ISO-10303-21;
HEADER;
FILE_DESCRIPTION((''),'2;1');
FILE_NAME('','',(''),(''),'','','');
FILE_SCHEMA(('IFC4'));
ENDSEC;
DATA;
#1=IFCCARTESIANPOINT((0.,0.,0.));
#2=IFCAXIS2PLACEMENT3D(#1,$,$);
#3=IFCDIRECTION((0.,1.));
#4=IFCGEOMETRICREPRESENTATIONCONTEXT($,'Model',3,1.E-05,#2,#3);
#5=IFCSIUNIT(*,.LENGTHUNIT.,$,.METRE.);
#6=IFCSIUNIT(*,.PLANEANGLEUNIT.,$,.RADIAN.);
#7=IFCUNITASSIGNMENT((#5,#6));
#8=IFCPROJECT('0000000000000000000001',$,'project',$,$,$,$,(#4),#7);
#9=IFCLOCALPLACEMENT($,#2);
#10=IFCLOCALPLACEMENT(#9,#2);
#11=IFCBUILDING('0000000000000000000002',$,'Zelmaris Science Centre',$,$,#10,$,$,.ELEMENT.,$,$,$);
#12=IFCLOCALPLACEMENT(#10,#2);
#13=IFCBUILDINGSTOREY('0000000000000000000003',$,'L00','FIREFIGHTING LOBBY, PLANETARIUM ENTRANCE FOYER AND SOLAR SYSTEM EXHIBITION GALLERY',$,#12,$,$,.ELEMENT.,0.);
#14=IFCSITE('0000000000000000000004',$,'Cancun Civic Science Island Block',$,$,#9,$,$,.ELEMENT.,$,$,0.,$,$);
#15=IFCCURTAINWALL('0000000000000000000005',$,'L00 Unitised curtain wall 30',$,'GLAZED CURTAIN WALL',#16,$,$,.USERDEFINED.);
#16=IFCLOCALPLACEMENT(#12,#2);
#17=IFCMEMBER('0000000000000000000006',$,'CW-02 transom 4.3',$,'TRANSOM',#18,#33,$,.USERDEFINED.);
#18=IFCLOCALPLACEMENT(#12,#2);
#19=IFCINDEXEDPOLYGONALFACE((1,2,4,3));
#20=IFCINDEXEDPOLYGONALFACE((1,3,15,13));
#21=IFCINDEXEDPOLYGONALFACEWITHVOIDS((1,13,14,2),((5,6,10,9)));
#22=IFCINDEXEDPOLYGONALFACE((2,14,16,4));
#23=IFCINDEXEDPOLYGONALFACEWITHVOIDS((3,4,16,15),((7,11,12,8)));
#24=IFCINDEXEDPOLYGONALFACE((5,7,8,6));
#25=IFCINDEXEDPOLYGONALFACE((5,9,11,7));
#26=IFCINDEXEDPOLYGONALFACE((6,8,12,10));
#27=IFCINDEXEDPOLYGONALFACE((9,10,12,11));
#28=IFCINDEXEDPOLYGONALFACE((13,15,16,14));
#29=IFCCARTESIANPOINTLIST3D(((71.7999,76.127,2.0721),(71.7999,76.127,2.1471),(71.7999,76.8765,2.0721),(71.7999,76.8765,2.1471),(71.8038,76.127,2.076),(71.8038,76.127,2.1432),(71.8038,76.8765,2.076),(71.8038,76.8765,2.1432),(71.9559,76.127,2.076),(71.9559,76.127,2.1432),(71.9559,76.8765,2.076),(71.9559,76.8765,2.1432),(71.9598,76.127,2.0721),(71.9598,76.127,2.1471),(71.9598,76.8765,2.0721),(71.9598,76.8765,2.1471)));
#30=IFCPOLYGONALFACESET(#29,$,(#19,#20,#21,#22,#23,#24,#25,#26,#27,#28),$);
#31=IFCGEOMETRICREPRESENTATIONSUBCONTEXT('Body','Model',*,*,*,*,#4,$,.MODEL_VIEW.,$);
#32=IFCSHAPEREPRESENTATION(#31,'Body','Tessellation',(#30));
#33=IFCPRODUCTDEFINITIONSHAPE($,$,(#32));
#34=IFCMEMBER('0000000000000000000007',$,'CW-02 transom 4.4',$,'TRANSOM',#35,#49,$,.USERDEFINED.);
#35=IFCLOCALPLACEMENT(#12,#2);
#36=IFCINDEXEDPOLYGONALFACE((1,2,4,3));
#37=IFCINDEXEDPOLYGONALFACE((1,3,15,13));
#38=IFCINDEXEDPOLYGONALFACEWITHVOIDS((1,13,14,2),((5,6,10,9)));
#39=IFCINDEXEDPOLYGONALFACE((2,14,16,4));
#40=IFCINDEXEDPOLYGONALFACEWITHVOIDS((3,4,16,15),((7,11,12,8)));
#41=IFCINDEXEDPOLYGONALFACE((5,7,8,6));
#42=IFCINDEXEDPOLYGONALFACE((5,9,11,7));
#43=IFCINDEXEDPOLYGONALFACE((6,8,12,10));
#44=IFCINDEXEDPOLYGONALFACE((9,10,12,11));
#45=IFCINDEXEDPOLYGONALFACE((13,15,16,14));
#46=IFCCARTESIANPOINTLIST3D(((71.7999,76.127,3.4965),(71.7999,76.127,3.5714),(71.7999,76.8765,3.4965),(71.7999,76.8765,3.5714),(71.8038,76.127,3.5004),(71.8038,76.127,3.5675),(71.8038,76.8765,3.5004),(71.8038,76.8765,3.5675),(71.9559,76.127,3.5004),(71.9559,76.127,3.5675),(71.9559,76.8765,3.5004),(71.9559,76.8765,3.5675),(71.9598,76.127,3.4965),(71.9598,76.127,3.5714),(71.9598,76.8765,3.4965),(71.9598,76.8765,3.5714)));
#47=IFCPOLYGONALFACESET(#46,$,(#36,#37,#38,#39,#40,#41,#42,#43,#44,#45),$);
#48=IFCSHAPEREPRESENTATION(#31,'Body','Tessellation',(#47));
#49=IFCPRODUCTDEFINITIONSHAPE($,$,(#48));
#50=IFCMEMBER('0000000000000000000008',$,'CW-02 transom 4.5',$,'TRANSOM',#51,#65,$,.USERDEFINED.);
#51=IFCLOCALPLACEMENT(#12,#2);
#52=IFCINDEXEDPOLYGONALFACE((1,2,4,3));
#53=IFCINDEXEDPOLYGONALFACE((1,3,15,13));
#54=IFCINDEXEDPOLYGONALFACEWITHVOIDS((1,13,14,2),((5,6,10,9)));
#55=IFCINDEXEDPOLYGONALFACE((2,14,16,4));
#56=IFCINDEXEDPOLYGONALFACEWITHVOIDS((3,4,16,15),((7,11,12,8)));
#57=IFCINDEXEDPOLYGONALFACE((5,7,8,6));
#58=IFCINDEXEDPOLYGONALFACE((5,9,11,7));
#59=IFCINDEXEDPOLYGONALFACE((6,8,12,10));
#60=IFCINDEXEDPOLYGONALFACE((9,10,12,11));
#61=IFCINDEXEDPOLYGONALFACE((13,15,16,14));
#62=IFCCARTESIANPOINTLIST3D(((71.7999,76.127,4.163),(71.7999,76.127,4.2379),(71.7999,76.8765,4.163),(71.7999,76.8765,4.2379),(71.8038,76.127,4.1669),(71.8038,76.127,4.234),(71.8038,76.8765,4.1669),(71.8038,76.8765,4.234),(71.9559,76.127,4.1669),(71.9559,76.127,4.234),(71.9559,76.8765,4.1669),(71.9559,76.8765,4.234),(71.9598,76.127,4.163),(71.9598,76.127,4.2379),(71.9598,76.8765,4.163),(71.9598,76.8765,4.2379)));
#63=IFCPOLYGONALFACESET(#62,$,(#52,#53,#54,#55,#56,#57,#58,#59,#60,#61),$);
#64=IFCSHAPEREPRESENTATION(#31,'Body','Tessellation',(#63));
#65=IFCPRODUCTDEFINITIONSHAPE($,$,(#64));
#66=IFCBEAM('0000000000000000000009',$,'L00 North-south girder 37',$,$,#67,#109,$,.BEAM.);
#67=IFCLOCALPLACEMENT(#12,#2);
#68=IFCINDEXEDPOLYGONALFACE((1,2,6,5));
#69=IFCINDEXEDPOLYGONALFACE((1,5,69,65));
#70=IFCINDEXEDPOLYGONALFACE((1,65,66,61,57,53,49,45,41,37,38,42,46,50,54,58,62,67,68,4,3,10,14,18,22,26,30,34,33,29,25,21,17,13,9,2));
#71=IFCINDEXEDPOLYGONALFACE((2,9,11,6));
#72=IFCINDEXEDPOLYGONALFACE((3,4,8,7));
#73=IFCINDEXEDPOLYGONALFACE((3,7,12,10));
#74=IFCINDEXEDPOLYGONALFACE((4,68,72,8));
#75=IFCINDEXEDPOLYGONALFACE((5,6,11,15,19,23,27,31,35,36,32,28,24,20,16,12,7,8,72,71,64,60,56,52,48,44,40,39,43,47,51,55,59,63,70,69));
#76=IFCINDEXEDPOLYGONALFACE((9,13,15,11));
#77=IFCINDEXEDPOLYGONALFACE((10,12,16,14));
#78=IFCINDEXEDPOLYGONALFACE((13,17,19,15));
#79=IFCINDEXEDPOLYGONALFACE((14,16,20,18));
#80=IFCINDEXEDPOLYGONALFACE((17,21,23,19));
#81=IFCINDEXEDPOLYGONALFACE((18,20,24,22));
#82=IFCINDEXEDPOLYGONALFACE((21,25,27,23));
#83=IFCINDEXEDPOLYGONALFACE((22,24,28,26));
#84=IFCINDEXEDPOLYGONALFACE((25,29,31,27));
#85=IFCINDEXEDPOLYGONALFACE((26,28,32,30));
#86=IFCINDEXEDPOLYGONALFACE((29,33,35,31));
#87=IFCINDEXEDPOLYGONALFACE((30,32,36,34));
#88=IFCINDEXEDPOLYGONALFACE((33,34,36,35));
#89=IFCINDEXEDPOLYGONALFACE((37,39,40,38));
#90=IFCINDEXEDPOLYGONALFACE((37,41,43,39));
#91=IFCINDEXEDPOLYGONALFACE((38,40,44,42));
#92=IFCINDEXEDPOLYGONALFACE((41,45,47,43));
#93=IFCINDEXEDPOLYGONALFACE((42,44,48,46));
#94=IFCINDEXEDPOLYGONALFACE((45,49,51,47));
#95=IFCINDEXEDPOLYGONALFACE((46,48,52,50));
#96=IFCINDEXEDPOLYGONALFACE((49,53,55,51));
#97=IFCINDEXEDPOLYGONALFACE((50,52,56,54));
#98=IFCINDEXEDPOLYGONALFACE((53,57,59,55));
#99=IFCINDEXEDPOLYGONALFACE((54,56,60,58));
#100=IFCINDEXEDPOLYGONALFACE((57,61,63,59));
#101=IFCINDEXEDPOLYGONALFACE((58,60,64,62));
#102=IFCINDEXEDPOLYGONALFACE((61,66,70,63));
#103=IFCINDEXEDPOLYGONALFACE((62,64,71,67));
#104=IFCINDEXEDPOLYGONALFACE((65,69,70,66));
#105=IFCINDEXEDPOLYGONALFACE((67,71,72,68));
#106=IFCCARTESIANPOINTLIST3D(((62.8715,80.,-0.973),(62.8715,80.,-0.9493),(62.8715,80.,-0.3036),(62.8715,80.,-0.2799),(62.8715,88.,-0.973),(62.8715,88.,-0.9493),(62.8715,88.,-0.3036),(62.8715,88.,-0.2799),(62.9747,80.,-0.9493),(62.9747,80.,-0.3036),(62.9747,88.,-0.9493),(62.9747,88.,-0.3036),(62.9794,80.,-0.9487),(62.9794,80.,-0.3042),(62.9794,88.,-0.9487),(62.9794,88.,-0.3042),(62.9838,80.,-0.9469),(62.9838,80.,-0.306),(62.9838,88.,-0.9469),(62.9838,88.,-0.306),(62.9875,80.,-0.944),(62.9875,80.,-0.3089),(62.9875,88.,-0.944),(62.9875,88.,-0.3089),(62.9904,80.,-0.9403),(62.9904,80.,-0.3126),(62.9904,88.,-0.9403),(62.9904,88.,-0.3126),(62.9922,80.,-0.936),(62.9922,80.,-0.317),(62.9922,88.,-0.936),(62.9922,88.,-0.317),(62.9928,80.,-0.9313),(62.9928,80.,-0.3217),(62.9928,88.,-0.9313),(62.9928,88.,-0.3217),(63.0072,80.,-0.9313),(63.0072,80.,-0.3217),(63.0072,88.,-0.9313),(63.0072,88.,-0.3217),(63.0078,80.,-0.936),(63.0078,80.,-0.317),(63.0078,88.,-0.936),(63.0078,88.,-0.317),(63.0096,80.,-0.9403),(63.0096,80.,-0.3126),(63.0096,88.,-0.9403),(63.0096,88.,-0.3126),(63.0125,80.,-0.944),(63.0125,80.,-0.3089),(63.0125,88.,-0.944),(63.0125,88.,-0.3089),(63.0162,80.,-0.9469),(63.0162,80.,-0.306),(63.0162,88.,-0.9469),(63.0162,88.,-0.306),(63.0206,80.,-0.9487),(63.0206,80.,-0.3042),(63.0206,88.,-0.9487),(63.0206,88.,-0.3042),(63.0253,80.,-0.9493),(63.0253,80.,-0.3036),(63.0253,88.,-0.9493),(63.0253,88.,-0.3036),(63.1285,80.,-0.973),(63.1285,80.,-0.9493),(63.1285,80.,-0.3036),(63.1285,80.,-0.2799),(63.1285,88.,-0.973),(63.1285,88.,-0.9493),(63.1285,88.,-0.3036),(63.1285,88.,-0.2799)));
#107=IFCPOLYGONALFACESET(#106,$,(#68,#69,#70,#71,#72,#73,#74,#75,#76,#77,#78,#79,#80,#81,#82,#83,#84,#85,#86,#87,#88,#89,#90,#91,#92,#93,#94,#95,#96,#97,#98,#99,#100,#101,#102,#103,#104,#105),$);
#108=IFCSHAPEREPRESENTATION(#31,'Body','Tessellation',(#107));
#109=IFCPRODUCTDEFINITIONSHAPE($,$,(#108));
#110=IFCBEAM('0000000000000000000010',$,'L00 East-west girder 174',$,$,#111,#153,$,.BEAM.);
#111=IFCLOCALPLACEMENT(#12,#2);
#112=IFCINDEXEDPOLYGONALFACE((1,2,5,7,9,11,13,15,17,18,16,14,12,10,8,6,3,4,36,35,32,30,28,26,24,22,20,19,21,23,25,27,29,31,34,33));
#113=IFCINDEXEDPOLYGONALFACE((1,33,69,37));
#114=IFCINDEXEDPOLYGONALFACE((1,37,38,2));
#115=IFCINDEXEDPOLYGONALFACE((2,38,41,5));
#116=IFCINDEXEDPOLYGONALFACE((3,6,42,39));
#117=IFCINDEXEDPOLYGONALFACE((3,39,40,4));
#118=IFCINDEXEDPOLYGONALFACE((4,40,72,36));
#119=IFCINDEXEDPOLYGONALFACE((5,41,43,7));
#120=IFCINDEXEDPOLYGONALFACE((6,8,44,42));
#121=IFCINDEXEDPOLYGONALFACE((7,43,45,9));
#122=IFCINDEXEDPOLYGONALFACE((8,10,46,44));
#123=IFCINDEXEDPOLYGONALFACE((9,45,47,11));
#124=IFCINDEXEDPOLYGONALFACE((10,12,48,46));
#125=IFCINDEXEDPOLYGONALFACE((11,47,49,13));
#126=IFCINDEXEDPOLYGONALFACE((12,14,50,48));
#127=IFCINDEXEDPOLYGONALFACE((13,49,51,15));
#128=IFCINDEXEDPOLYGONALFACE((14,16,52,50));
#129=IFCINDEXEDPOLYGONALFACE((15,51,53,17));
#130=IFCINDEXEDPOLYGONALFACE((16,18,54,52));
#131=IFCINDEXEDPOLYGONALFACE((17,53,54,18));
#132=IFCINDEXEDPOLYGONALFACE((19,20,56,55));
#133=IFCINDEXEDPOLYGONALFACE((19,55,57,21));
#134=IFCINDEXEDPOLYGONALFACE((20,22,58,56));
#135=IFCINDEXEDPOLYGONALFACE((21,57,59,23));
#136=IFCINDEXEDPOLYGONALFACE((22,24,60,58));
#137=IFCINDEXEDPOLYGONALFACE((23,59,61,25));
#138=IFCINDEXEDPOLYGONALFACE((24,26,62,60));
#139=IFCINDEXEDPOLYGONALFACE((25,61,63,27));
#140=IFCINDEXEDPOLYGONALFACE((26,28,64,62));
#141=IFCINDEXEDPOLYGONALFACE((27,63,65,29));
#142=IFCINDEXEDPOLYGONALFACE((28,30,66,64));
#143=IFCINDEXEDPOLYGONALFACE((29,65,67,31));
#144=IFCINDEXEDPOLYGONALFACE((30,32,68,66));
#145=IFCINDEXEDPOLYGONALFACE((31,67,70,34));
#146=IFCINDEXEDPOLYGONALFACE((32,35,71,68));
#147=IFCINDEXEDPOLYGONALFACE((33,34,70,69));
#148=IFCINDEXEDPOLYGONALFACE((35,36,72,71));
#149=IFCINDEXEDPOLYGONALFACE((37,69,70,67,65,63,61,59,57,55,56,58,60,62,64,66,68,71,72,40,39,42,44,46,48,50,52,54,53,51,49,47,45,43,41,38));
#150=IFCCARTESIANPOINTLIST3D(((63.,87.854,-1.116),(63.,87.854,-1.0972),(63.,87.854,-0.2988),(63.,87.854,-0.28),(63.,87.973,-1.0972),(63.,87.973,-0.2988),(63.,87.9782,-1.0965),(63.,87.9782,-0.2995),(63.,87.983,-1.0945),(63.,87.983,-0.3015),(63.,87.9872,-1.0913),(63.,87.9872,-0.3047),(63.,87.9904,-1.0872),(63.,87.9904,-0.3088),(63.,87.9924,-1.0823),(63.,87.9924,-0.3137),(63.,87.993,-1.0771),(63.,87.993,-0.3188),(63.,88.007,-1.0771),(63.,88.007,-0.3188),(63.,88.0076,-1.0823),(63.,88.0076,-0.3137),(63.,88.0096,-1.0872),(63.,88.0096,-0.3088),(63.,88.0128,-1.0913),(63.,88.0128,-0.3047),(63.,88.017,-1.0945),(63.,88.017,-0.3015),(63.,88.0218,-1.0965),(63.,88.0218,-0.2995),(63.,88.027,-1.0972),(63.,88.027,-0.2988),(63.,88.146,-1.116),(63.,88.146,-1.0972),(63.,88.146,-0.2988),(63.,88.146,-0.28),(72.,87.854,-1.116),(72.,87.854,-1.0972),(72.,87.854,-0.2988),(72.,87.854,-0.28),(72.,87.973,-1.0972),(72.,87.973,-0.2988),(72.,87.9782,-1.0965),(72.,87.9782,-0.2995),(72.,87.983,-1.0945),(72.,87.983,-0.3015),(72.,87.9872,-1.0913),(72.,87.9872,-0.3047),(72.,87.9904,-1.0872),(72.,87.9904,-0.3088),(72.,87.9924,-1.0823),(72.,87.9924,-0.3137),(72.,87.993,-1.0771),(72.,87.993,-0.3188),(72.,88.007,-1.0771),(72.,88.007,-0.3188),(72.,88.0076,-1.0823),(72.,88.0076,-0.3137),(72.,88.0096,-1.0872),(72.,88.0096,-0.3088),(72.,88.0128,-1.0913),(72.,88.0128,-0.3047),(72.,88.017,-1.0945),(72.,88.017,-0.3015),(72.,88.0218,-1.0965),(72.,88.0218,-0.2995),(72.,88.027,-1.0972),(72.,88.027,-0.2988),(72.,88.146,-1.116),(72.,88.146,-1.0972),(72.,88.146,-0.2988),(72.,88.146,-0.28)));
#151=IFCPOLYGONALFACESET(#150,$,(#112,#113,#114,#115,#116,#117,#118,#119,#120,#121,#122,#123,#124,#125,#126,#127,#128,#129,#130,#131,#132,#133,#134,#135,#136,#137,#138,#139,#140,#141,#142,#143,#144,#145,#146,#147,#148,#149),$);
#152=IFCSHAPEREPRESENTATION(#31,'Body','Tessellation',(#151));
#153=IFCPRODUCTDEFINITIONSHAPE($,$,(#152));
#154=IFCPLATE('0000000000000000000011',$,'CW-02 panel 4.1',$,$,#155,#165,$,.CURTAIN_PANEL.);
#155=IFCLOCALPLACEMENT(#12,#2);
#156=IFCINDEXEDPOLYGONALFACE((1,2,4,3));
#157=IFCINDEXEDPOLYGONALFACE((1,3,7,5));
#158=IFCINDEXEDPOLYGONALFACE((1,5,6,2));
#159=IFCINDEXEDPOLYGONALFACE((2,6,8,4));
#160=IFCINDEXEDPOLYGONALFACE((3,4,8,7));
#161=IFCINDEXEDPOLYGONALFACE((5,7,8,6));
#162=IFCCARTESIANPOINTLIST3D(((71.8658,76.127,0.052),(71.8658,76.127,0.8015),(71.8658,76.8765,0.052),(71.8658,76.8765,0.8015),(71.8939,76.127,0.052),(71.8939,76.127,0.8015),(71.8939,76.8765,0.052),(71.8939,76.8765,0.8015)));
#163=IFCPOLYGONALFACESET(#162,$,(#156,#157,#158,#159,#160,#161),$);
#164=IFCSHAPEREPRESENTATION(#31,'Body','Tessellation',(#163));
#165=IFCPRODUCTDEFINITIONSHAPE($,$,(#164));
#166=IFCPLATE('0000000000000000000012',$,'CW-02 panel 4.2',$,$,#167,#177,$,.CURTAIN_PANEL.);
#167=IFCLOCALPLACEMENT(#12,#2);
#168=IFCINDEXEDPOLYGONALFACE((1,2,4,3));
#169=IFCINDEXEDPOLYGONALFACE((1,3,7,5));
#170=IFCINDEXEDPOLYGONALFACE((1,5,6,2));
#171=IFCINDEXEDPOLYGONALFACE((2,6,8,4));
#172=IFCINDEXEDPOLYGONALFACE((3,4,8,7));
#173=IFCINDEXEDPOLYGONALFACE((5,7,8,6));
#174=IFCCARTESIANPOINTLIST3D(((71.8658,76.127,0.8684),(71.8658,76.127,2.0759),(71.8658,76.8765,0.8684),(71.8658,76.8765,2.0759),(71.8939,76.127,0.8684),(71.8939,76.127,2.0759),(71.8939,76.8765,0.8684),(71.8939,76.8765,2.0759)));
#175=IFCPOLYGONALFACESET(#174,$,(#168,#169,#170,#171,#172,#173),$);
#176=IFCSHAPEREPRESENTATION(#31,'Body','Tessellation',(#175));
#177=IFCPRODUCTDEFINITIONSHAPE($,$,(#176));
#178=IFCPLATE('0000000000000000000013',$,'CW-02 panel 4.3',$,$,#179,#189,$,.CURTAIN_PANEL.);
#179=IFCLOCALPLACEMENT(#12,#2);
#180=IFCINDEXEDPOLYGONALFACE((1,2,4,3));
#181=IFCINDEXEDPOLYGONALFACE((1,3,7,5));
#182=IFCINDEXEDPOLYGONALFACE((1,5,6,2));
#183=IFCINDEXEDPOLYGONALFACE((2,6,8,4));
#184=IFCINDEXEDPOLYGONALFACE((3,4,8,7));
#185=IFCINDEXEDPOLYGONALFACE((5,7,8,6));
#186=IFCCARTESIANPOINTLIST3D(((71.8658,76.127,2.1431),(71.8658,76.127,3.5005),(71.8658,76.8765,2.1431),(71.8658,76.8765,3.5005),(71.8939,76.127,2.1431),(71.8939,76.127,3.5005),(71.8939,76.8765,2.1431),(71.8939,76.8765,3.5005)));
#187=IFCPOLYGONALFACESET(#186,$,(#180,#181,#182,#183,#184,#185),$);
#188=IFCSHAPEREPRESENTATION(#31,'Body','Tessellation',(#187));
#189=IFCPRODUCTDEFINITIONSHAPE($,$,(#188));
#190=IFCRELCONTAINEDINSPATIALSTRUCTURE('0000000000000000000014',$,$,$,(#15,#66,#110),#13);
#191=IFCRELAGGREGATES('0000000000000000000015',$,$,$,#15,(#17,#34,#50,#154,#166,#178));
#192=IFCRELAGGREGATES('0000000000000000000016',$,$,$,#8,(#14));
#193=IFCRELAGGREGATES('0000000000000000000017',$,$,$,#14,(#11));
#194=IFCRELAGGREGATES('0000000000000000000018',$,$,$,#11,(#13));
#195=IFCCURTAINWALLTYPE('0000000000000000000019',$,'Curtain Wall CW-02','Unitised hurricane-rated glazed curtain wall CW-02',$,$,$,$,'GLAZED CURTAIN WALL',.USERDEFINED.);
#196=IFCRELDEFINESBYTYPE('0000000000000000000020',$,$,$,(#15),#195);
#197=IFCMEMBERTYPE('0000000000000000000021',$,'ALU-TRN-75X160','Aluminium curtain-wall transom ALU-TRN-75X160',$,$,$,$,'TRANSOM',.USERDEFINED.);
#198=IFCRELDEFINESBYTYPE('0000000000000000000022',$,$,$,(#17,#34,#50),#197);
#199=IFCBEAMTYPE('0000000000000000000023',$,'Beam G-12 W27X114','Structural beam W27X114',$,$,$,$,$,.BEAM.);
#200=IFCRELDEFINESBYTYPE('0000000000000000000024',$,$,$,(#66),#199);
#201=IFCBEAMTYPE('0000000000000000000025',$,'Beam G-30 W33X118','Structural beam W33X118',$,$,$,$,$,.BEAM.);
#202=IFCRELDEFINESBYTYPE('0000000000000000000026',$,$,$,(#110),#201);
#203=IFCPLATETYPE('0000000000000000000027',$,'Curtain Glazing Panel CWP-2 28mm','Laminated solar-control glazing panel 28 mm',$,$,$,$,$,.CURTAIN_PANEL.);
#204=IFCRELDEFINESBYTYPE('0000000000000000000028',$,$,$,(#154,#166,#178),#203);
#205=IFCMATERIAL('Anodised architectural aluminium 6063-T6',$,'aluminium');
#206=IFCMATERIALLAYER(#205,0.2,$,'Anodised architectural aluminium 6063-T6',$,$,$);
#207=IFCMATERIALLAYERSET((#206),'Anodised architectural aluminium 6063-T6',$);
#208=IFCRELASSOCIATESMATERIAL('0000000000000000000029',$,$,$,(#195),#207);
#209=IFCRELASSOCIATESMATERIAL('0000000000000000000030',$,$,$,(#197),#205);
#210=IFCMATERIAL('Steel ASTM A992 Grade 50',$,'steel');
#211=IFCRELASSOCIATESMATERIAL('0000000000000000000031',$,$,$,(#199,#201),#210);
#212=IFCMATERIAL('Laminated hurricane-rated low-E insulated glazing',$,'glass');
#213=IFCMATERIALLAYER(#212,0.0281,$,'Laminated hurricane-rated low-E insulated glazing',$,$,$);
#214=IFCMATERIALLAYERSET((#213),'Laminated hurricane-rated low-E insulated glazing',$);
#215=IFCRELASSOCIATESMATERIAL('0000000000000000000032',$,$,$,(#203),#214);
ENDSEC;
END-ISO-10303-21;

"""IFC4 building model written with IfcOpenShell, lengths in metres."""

from ifc_helpers import new_model, si_unit, direction, frame, origin, origin_2d, place, context, subcontext, project, spatial, rectangle, hollow_rectangle, i_section, extrude, material, layer, layer_set, material_profile, profile_set, type_object, element, aggregate, save


model = new_model("IFC4")

# Units and contexts
model_context = context("Model", 3, precision=1e-05, world=origin(), true_north=direction((0.0, 1.0)))
body_context = subcontext(model_context, "Body", "Model", "MODEL_VIEW")
ifc_project = project(units=[si_unit("LENGTHUNIT", "METRE"), si_unit("PLANEANGLEUNIT", "RADIAN")], contexts=[model_context])

# Site, building, storey
site_placement = place(None, origin())
site = spatial("IfcSite", under=ifc_project, at=site_placement, Name="Cancun Civic Science Island Block", CompositionType="ELEMENT", RefElevation=0.0)
building_placement = place(site_placement, origin())
building = spatial("IfcBuilding", under=site, at=building_placement, Name="Zelmaris Science Centre", CompositionType="ELEMENT")
storey_placement = place(building_placement, origin())
storey = spatial("IfcBuildingStorey", under=building, at=storey_placement, Name="L00", Description="FIREFIGHTING LOBBY, PLANETARIUM ENTRANCE FOYER AND SOLAR SYSTEM EXHIBITION GALLERY", CompositionType="ELEMENT", Elevation=0.0)

# Shared definitions
ifc_material_1 = material(Name="Steel ASTM A992 Grade 50", Category="steel")

# Shared definitions
ifc_material_2 = material(Name="Anodised architectural aluminium 6063-T6", Category="aluminium")

# Curtain wall, members
ifc_layer_1 = layer(ifc_material_2, 0.2, Name="Anodised architectural aluminium 6063-T6")
ifc_layer_set_1 = layer_set([ifc_layer_1], Name="Anodised architectural aluminium 6063-T6")
curtain_wall_type_1 = type_object("IfcCurtainWallType", Name="Curtain Wall CW-02", Description="Unitised hurricane-rated glazed curtain wall CW-02", ElementType="GLAZED CURTAIN WALL", PredefinedType="USERDEFINED", material=ifc_layer_set_1)
curtain_wall_1_placement = place(storey_placement, origin())
curtain_wall_1 = element("IfcCurtainWall", 1, at=curtain_wall_1_placement, inside=storey, type_object=curtain_wall_type_1, Name="L00 Unitised curtain wall 30", ObjectType="GLAZED CURTAIN WALL", PredefinedType="USERDEFINED")
ifc_material_profile_1 = material_profile(ifc_material_2, hollow_rectangle(XDim=0.075, YDim=0.1599, WallThickness=0.0039, at=origin_2d()), Name="ALU-TRN-75X160")
ifc_profile_set_1 = profile_set([ifc_material_profile_1], Name="Anodised architectural aluminium 6063-T6")
member_type_1 = type_object("IfcMemberType", Name="ALU-TRN-75X160", Description="Aluminium curtain-wall transom ALU-TRN-75X160", ElementType="TRANSOM", PredefinedType="USERDEFINED", material=ifc_profile_set_1)
member_1_placement = place(storey_placement, frame((71.8799, 76.8765, 2.1096), z_axis=(0.0, -1.0, 0.0), x_axis=(0.0, 0.0, 1.0)))
member_1 = element("IfcMember", 2, at=member_1_placement, type_object=member_type_1, Name="CW-02 transom 4.3", ObjectType="TRANSOM", PredefinedType="USERDEFINED", context=body_context, shape_type="SweptSolid", body=[
    extrude(hollow_rectangle(XDim=0.075, YDim=0.1599, WallThickness=0.0039, at=origin_2d()), origin(), (0.0, 0.0, 1.0), 0.7495),
])
member_2_placement = place(storey_placement, frame((71.8799, 76.8765, 3.5339), z_axis=(0.0, -1.0, 0.0), x_axis=(0.0, 0.0, 1.0)))
member_2 = element("IfcMember", 3, at=member_2_placement, type_object=member_type_1, Name="CW-02 transom 4.4", ObjectType="TRANSOM", PredefinedType="USERDEFINED", context=body_context, shape_type="SweptSolid", body=[
    extrude(hollow_rectangle(XDim=0.075, YDim=0.1599, WallThickness=0.0039, at=origin_2d()), origin(), (0.0, 0.0, 1.0), 0.7495),
])
member_3_placement = place(storey_placement, frame((71.8799, 76.8765, 4.2004), z_axis=(0.0, -1.0, 0.0), x_axis=(0.0, 0.0, 1.0)))
member_3 = element("IfcMember", 4, at=member_3_placement, type_object=member_type_1, Name="CW-02 transom 4.5", ObjectType="TRANSOM", PredefinedType="USERDEFINED", context=body_context, shape_type="SweptSolid", body=[
    extrude(hollow_rectangle(XDim=0.075, YDim=0.1599, WallThickness=0.0039, at=origin_2d()), origin(), (0.0, 0.0, 1.0), 0.7495),
])

# Beams
ifc_material_profile_2 = material_profile(ifc_material_1, i_section(OverallWidth=0.2571, OverallDepth=0.6931, WebThickness=0.0144, FlangeThickness=0.0237, FilletRadius=0.0181, at=origin_2d()), Name="W27X114")
ifc_profile_set_2 = profile_set([ifc_material_profile_2], Name="Steel ASTM A992 Grade 50")
beam_type_1 = type_object("IfcBeamType", Name="Beam G-12 W27X114", Description="Structural beam W27X114", PredefinedType="BEAM", material=ifc_profile_set_2)
beam_1_placement = place(storey_placement, frame((63.0, 80.0, -0.6265), z_axis=(0.0, 1.0, 0.0), x_axis=(-1.0, 0.0, 0.0)))
element("IfcBeam", 5, at=beam_1_placement, inside=storey, type_object=beam_type_1, Name="L00 North-south girder 37", PredefinedType="BEAM", context=body_context, shape_type="SweptSolid", body=[
    extrude(i_section(OverallWidth=0.2571, OverallDepth=0.6931, WebThickness=0.0144, FlangeThickness=0.0237, FilletRadius=0.0181, at=origin_2d()), origin(), (0.0, 0.0, 1.0), 8.0),
])
ifc_material_profile_3 = material_profile(ifc_material_1, i_section(OverallWidth=0.292, OverallDepth=0.8359, WebThickness=0.0139, FlangeThickness=0.0188, FilletRadius=0.02, at=origin_2d()), Name="W33X118")
ifc_profile_set_3 = profile_set([ifc_material_profile_3], Name="Steel ASTM A992 Grade 50")
beam_type_2 = type_object("IfcBeamType", Name="Beam G-30 W33X118", Description="Structural beam W33X118", PredefinedType="BEAM", material=ifc_profile_set_3)
beam_2_placement = place(storey_placement, frame((63.0, 88.0, -0.698), z_axis=(1.0, 0.0, 0.0), x_axis=(0.0, 1.0, 0.0)))
element("IfcBeam", 6, at=beam_2_placement, inside=storey, type_object=beam_type_2, Name="L00 East-west girder 174", PredefinedType="BEAM", context=body_context, shape_type="SweptSolid", body=[
    extrude(i_section(OverallWidth=0.292, OverallDepth=0.8359, WebThickness=0.0139, FlangeThickness=0.0188, FilletRadius=0.02, at=origin_2d()), origin(), (0.0, 0.0, 1.0), 9.0),
])

# Plates
ifc_material_3 = material(Name="Laminated hurricane-rated low-E insulated glazing", Category="glass")
ifc_layer_2 = layer(ifc_material_3, 0.0281, Name="Laminated hurricane-rated low-E insulated glazing")
ifc_layer_set_2 = layer_set([ifc_layer_2], Name="Laminated hurricane-rated low-E insulated glazing")
plate_type_1 = type_object("IfcPlateType", Name="Curtain Glazing Panel CWP-2 28mm", Description="Laminated solar-control glazing panel 28 mm", PredefinedType="CURTAIN_PANEL", material=ifc_layer_set_2)
plate_1_placement = place(storey_placement, frame((71.8799, 76.5017, 0.052), z_axis=(0.0, 0.0, 1.0), x_axis=(0.0, -1.0, 0.0)))
plate_1 = element("IfcPlate", 7, at=plate_1_placement, type_object=plate_type_1, Name="CW-02 panel 4.1", PredefinedType="CURTAIN_PANEL", context=body_context, shape_type="SweptSolid", body=[
    extrude(rectangle(XDim=0.7495, YDim=0.0281, at=origin_2d()), origin(), (0.0, 0.0, 1.0), 0.7495),
])
plate_2_placement = place(storey_placement, frame((71.8799, 76.5017, 0.8684), z_axis=(0.0, 0.0, 1.0), x_axis=(0.0, -1.0, 0.0)))
plate_2 = element("IfcPlate", 8, at=plate_2_placement, type_object=plate_type_1, Name="CW-02 panel 4.2", PredefinedType="CURTAIN_PANEL", context=body_context, shape_type="SweptSolid", body=[
    extrude(rectangle(XDim=0.7495, YDim=0.0281, at=origin_2d()), origin(), (0.0, 0.0, 1.0), 1.2075),
])
plate_3_placement = place(storey_placement, frame((71.8799, 76.5017, 2.1431), z_axis=(0.0, 0.0, 1.0), x_axis=(0.0, -1.0, 0.0)))
plate_3 = element("IfcPlate", 9, at=plate_3_placement, type_object=plate_type_1, Name="CW-02 panel 4.3", PredefinedType="CURTAIN_PANEL", context=body_context, shape_type="SweptSolid", body=[
    extrude(rectangle(XDim=0.7495, YDim=0.0281, at=origin_2d()), origin(), (0.0, 0.0, 1.0), 1.3574),
])
aggregate(curtain_wall_1, [member_1, member_2, member_3, plate_1, plate_2, plate_3])

save(model, "model.ifc")
